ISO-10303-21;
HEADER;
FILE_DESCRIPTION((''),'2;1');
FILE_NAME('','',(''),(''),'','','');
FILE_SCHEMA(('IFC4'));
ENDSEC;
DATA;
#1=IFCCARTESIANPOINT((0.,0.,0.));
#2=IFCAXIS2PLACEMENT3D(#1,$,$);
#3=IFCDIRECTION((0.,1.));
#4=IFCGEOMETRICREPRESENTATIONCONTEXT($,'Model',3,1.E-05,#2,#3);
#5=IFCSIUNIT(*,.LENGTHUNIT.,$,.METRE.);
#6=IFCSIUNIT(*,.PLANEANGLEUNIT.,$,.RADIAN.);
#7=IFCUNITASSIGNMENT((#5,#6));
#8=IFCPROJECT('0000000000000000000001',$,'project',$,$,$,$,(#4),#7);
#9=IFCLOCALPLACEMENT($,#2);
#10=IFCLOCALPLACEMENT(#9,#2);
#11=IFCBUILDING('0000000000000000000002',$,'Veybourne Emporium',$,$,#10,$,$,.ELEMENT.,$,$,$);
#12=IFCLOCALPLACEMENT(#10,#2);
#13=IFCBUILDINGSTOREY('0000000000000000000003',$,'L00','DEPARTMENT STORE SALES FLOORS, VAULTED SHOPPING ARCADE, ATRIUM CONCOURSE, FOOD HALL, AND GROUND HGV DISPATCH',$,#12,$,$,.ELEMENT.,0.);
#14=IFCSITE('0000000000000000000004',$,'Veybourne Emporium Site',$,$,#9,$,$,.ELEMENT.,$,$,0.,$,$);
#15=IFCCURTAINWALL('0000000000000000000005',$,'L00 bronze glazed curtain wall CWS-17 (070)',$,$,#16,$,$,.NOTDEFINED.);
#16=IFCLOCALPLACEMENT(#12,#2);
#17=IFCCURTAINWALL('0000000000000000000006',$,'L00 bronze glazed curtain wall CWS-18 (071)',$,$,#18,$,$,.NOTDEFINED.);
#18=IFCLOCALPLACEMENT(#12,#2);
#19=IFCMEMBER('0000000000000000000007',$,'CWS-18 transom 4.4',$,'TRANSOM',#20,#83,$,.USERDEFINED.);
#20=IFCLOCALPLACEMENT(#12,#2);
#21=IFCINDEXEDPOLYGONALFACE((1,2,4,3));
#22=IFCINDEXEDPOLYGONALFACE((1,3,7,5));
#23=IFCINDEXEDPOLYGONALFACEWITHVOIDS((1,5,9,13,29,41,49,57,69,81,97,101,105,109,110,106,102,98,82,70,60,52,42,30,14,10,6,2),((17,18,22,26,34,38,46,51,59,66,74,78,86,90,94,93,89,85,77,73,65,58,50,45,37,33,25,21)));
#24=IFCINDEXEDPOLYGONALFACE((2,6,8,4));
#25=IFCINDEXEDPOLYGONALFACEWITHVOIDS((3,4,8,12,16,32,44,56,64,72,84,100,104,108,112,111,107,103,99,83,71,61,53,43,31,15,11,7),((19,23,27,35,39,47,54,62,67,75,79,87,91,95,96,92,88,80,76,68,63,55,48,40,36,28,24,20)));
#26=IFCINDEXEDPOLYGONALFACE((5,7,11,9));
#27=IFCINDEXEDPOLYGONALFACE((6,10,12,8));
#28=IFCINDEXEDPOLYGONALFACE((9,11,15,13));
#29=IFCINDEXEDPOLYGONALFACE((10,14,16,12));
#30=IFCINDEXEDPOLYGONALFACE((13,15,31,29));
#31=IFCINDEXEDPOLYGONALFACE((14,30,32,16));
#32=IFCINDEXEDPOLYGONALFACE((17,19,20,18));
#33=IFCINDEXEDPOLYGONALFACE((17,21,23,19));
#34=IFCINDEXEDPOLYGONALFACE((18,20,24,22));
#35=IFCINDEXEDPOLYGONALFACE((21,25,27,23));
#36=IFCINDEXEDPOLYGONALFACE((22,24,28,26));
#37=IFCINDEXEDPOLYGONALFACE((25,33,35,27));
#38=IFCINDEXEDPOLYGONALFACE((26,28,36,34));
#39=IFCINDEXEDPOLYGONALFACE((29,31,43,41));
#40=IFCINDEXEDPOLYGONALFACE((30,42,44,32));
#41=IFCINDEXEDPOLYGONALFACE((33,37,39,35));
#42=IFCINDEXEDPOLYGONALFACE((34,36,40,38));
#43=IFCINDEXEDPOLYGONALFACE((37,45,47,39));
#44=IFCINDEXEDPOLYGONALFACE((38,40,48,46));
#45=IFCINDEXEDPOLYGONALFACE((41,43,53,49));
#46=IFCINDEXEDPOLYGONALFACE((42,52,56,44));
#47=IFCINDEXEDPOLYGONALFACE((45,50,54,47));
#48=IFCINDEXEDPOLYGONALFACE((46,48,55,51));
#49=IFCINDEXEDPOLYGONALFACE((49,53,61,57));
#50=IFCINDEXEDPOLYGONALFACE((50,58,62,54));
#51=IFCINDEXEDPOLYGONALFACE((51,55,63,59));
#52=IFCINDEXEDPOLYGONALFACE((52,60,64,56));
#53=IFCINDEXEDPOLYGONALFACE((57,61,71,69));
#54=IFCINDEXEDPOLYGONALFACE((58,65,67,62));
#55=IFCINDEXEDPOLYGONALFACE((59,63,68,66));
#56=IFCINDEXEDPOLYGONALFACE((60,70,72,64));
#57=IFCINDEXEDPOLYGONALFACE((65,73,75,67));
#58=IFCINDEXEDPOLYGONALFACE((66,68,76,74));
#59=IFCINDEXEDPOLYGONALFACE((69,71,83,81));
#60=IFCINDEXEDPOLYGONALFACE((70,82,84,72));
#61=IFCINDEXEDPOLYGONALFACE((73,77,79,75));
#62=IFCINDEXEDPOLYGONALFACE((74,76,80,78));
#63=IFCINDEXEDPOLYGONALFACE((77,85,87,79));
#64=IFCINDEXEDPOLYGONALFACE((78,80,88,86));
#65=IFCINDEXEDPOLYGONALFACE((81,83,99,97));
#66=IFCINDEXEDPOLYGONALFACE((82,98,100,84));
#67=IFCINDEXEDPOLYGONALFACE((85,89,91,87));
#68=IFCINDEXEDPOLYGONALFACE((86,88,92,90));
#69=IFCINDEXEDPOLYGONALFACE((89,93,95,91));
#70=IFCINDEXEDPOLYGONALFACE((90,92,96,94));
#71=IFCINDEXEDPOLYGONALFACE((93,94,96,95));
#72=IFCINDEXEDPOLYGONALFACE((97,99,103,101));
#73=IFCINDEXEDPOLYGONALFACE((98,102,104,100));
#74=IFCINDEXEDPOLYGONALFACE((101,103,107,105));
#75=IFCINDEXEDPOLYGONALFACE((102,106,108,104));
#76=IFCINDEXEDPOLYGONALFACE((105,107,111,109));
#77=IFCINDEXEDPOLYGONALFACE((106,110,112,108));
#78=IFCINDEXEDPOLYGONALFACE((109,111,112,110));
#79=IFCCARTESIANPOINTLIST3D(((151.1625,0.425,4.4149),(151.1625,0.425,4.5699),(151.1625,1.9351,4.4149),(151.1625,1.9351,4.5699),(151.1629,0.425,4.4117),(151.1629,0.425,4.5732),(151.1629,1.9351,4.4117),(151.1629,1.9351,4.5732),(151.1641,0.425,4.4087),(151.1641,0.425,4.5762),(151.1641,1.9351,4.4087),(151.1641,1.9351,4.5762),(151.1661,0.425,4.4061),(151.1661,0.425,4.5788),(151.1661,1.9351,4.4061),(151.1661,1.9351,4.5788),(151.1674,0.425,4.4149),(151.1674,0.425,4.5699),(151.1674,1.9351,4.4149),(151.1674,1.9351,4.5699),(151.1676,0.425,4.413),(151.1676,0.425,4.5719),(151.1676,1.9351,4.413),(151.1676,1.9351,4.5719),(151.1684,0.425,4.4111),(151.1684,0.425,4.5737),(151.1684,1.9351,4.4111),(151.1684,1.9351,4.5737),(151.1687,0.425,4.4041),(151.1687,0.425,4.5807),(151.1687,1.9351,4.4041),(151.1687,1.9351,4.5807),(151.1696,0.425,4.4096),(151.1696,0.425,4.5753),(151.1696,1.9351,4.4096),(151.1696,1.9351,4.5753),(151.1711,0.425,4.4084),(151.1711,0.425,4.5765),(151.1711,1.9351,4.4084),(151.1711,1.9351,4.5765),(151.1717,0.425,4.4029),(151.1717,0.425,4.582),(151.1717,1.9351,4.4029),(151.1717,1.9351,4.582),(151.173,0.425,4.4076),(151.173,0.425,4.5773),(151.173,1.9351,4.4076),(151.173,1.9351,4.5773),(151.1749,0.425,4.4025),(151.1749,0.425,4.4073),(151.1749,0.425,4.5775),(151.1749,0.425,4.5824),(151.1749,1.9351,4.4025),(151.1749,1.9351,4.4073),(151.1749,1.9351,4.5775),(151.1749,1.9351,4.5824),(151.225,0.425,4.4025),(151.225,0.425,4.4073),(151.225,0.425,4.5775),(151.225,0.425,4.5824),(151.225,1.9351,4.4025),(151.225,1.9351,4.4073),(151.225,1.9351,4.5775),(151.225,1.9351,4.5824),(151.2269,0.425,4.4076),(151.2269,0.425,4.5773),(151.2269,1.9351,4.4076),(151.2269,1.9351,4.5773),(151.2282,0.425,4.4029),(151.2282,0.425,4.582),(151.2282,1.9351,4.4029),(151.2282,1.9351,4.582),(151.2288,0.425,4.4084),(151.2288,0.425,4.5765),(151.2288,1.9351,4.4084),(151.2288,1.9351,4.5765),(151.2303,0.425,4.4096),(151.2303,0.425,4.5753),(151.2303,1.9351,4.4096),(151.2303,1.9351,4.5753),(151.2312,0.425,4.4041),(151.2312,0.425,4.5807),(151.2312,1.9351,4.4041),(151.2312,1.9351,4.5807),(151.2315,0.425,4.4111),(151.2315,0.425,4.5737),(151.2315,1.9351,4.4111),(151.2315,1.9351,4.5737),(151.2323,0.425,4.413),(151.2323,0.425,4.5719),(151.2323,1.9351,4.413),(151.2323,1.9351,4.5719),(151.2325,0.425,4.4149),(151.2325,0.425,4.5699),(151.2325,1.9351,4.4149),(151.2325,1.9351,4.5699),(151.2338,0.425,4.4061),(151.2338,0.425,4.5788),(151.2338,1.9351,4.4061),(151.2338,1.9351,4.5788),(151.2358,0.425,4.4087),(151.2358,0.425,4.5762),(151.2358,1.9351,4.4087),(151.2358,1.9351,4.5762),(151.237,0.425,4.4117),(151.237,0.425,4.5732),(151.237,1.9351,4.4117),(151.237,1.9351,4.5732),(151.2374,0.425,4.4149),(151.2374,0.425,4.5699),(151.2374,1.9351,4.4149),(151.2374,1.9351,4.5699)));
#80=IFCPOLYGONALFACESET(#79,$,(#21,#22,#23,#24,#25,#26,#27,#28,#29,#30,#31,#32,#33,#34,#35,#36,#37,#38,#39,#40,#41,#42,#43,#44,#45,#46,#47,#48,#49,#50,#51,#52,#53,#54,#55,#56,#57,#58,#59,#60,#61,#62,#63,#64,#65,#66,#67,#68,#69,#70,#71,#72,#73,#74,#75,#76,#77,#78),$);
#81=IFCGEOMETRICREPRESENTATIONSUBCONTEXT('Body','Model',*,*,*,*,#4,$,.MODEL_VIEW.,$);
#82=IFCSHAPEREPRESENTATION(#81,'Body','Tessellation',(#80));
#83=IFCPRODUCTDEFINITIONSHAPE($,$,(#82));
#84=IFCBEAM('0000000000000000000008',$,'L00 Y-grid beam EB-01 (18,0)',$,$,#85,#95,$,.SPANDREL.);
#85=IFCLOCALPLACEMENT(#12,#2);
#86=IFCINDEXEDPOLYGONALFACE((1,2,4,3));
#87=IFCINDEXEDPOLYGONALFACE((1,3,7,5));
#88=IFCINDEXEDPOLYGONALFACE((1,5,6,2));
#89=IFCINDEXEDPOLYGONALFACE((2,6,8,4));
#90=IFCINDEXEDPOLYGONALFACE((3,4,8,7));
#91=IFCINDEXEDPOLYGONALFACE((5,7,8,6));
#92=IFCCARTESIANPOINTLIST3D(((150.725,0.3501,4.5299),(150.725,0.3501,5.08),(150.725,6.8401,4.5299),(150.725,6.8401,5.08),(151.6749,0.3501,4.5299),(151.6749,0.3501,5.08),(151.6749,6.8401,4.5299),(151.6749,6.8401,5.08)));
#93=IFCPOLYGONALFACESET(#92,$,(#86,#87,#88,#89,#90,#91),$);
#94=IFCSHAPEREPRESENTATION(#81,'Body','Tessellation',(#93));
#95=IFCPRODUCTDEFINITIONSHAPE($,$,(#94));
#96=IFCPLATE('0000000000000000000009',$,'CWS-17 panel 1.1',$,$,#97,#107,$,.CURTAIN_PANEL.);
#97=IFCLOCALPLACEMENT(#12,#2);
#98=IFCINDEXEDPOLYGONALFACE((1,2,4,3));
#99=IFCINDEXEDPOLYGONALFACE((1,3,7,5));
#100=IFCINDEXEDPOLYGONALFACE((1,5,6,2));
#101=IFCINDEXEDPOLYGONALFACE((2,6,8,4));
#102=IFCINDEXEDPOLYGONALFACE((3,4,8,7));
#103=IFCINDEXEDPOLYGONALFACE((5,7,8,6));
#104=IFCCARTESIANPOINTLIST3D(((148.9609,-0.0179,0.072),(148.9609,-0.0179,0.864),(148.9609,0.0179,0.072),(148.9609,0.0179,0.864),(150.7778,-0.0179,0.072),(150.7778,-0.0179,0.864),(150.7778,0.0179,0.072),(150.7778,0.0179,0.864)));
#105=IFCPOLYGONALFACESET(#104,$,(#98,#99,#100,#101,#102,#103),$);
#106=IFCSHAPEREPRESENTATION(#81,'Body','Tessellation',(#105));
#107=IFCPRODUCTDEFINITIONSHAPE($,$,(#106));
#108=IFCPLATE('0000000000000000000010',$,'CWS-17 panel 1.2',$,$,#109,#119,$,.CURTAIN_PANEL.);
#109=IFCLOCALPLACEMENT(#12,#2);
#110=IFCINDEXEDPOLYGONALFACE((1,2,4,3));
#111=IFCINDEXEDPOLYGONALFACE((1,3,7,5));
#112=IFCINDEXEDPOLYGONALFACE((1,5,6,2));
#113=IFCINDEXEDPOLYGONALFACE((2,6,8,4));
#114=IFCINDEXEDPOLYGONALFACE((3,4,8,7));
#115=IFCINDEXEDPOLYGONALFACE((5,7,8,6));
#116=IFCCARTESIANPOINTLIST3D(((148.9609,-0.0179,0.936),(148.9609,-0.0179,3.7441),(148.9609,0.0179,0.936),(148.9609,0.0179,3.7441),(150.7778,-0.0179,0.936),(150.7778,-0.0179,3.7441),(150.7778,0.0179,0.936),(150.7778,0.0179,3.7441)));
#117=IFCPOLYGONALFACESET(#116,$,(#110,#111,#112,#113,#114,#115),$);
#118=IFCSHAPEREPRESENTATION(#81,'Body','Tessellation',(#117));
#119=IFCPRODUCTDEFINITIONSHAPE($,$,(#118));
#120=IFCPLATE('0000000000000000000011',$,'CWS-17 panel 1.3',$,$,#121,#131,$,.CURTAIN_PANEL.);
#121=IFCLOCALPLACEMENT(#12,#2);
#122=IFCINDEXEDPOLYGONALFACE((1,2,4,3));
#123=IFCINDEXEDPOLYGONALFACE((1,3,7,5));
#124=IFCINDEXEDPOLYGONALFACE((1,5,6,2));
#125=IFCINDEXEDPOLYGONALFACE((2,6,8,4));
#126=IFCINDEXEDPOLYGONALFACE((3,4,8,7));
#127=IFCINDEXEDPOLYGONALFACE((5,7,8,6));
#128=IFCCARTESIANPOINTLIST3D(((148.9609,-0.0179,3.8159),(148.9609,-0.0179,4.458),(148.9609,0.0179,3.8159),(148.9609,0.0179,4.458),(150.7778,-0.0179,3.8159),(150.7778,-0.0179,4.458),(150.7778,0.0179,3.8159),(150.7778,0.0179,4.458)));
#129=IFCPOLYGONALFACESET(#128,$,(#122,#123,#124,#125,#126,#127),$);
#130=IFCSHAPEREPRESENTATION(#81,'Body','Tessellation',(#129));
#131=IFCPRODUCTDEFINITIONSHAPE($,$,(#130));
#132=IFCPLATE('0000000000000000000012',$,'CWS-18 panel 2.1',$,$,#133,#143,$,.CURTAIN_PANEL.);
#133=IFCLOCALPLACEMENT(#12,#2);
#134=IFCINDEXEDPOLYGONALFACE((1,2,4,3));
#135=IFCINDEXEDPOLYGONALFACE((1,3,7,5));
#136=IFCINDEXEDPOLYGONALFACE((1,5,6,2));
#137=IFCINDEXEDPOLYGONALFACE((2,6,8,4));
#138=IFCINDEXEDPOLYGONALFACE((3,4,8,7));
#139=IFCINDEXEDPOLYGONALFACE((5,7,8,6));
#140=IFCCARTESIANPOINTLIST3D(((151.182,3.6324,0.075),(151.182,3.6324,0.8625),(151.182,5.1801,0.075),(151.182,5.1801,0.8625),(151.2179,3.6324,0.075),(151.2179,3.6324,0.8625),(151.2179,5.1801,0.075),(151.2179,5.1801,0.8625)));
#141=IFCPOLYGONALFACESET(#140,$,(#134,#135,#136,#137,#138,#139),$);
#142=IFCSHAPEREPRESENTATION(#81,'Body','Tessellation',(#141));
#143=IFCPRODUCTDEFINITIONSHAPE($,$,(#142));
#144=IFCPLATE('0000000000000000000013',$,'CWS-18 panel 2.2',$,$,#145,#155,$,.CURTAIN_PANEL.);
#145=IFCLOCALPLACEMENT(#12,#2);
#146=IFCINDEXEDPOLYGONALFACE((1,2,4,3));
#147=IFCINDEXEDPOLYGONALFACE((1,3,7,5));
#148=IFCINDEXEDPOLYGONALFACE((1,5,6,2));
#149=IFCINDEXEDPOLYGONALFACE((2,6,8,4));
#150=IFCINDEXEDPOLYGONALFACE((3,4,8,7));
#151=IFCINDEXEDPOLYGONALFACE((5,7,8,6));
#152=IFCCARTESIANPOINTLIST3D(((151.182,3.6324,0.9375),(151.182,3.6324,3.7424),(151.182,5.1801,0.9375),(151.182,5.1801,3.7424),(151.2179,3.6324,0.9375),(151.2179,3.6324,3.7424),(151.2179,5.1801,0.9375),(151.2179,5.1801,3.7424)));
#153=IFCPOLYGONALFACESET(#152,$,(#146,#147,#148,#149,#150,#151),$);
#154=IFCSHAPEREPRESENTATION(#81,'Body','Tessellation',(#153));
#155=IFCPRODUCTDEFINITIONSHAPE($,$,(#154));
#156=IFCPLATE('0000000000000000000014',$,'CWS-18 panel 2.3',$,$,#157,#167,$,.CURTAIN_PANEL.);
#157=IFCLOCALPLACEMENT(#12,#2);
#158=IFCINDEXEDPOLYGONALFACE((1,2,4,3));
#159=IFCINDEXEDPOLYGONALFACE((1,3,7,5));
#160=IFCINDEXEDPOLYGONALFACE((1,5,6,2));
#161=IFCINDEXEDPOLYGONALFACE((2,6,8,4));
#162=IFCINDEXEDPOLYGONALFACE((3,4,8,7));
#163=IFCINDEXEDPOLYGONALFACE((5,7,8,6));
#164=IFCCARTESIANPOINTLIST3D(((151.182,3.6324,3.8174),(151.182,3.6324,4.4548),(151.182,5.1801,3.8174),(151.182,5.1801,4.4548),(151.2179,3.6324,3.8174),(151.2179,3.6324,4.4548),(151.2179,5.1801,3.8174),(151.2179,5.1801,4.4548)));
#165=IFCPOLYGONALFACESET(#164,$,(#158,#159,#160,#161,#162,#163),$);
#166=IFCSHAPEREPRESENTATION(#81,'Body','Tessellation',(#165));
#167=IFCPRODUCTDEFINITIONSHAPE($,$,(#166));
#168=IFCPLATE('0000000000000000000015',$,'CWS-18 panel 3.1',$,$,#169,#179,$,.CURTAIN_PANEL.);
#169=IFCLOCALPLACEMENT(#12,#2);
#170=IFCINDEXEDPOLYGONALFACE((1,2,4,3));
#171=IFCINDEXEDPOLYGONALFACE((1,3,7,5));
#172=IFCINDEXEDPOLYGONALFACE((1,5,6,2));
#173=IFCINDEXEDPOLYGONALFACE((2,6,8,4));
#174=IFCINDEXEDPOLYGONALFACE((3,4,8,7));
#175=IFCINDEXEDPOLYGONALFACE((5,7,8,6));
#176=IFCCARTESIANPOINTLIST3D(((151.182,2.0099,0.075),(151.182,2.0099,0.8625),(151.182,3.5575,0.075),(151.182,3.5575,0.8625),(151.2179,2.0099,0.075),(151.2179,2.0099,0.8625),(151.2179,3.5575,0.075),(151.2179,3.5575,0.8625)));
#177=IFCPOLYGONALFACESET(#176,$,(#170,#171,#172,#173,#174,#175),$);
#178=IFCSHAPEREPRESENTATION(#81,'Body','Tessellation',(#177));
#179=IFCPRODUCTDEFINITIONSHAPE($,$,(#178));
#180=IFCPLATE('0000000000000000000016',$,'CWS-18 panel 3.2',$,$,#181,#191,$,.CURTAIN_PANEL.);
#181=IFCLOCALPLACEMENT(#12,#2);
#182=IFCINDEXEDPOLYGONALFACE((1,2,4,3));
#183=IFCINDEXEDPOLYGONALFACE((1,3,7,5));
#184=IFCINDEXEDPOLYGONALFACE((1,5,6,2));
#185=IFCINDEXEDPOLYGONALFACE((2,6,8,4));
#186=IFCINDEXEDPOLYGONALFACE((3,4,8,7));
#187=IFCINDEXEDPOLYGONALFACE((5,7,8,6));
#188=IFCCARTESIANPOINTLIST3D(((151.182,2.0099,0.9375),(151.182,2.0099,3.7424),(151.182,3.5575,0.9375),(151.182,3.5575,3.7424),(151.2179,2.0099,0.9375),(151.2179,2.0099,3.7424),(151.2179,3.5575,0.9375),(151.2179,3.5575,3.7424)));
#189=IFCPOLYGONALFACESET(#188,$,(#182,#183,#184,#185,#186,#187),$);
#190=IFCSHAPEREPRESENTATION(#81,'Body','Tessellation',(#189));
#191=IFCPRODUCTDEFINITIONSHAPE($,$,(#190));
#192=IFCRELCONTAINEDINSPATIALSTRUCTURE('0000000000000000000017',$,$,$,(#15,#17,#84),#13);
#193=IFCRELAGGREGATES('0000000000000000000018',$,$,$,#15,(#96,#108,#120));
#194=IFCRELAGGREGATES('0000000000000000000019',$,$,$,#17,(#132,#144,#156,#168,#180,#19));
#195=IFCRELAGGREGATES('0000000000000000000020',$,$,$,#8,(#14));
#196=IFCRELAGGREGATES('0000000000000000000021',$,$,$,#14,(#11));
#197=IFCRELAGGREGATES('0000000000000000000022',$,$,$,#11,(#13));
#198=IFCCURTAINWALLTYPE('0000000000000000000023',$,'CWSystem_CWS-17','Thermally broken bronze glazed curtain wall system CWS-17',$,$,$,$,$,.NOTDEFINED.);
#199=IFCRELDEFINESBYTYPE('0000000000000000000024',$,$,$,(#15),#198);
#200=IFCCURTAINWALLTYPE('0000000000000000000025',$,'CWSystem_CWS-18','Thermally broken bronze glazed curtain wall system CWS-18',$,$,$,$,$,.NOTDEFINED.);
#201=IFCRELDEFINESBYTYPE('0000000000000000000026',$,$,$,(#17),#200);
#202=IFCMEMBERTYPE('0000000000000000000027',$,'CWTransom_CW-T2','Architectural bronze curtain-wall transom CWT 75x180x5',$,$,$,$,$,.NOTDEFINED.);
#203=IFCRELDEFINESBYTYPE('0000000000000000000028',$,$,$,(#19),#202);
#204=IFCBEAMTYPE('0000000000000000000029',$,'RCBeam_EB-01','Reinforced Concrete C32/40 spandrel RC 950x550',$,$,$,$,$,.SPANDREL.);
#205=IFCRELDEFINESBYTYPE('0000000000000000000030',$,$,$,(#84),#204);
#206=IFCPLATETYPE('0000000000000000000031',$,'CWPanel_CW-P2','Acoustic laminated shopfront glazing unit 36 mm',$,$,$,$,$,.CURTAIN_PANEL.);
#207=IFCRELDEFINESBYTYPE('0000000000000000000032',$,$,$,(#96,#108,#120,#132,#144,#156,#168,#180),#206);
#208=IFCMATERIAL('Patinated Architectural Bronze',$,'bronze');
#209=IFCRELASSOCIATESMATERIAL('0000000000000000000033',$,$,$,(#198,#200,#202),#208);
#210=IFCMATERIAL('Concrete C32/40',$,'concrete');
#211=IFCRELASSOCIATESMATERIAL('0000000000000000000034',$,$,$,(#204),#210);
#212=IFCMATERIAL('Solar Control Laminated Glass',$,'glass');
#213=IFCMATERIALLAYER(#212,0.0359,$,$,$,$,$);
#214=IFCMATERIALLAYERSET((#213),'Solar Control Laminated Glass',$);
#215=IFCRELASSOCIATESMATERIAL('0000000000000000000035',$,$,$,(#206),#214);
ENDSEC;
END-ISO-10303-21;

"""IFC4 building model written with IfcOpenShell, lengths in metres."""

from ifc_helpers import new_model, si_unit, direction, frame, origin, origin_2d, place, context, subcontext, project, spatial, rectangle, hollow_rectangle, extrude, material, layer, layer_set, material_profile, profile_set, type_object, element, aggregate, save


model = new_model("IFC4")

# Units and contexts
model_context = context("Model", 3, precision=1e-05, world=origin(), true_north=direction((0.0, 1.0)))
body_context = subcontext(model_context, "Body", "Model", "MODEL_VIEW")
ifc_project = project(units=[si_unit("LENGTHUNIT", "METRE"), si_unit("PLANEANGLEUNIT", "RADIAN")], contexts=[model_context])

# Site, building, storey
site_placement = place(None, origin())
site = spatial("IfcSite", under=ifc_project, at=site_placement, Name="Veybourne Emporium Site", CompositionType="ELEMENT", RefElevation=0.0)
building_placement = place(site_placement, origin())
building = spatial("IfcBuilding", under=site, at=building_placement, Name="Veybourne Emporium", CompositionType="ELEMENT")
storey_placement = place(building_placement, origin())
storey = spatial("IfcBuildingStorey", under=building, at=storey_placement, Name="L00", Description="DEPARTMENT STORE SALES FLOORS, VAULTED SHOPPING ARCADE, ATRIUM CONCOURSE, FOOD HALL, AND GROUND HGV DISPATCH", CompositionType="ELEMENT", Elevation=0.0)

# Curtain walls
ifc_material_1 = material(Name="Patinated Architectural Bronze", Category="bronze")
curtain_wall_type_1 = type_object("IfcCurtainWallType", Name="CWSystem_CWS-17", Description="Thermally broken bronze glazed curtain wall system CWS-17", PredefinedType="NOTDEFINED", material=ifc_material_1)
curtain_wall_1_placement = place(storey_placement, origin())
curtain_wall_1 = element("IfcCurtainWall", 1, at=curtain_wall_1_placement, inside=storey, type_object=curtain_wall_type_1, Name="L00 bronze glazed curtain wall CWS-17 (070)", PredefinedType="NOTDEFINED")
curtain_wall_type_2 = type_object("IfcCurtainWallType", Name="CWSystem_CWS-18", Description="Thermally broken bronze glazed curtain wall system CWS-18", PredefinedType="NOTDEFINED", material=ifc_material_1)
curtain_wall_2_placement = place(storey_placement, origin())
curtain_wall_2 = element("IfcCurtainWall", 2, at=curtain_wall_2_placement, inside=storey, type_object=curtain_wall_type_2, Name="L00 bronze glazed curtain wall CWS-18 (071)", PredefinedType="NOTDEFINED")

# Member
ifc_material_profile_1 = material_profile(ifc_material_1, hollow_rectangle(XDim=0.075, YDim=0.1799, WallThickness=0.0049, InnerFilletRadius=0.0076, OuterFilletRadius=0.0125, at=origin_2d()), Name="CWT 75x180x5")
ifc_profile_set_1 = profile_set([ifc_material_profile_1], Name="Patinated Architectural Bronze")
member_type_1 = type_object("IfcMemberType", Name="CWTransom_CW-T2", Description="Architectural bronze curtain-wall transom CWT 75x180x5", PredefinedType="NOTDEFINED", material=ifc_profile_set_1)
member_1_placement = place(storey_placement, frame((151.2, 1.9351, 4.4924), z_axis=(0.0, -1.0, 0.0), x_axis=(1.0, 0.0, 0.0)))
member_1 = element("IfcMember", 3, at=member_1_placement, type_object=member_type_1, Name="CWS-18 transom 4.4", ObjectType="TRANSOM", PredefinedType="USERDEFINED", context=body_context, shape_type="SweptSolid", body=[
    extrude(hollow_rectangle(XDim=0.075, YDim=0.1799, WallThickness=0.0049, InnerFilletRadius=0.0076, OuterFilletRadius=0.0125, at=origin_2d()), origin(), (0.0, 0.0, 1.0), 1.51),
])

# Beam
ifc_material_2 = material(Name="Concrete C32/40", Category="concrete")
ifc_material_profile_2 = material_profile(ifc_material_2, rectangle(XDim=0.95, YDim=0.55, at=origin_2d()), Name="RC 950x550")
ifc_profile_set_2 = profile_set([ifc_material_profile_2], Name="Concrete C32/40")
beam_type = type_object("IfcBeamType", Name="RCBeam_EB-01", Description="Reinforced Concrete C32/40 spandrel RC 950x550", PredefinedType="SPANDREL", material=ifc_profile_set_2)
beam_placement = place(storey_placement, frame((151.2, 0.3501, 4.8049), z_axis=(0.0, 1.0, 0.0), x_axis=(-1.0, 0.0, 0.0)))
element("IfcBeam", 4, at=beam_placement, inside=storey, type_object=beam_type, Name="L00 Y-grid beam EB-01 (18,0)", PredefinedType="SPANDREL", context=body_context, shape_type="SweptSolid", body=[
    extrude(rectangle(XDim=0.95, YDim=0.55, at=origin_2d()), origin(), (0.0, 0.0, 1.0), 6.49),
])

# Plates
ifc_material_3 = material(Name="Solar Control Laminated Glass", Category="glass")
ifc_layer_1 = layer(ifc_material_3, 0.0359)
ifc_layer_set_1 = layer_set([ifc_layer_1], Name="Solar Control Laminated Glass")
plate_type = type_object("IfcPlateType", Name="CWPanel_CW-P2", Description="Acoustic laminated shopfront glazing unit 36 mm", PredefinedType="CURTAIN_PANEL", material=ifc_layer_set_1)
plate_1_placement = place(storey_placement, frame((149.8694, 0.0, 0.072), z_axis=(0.0, 0.0, 1.0), x_axis=(-1.0, 0.0, 0.0)))
plate_1 = element("IfcPlate", 5, at=plate_1_placement, type_object=plate_type, Name="CWS-17 panel 1.1", PredefinedType="CURTAIN_PANEL", context=body_context, shape_type="SweptSolid", body=[
    extrude(rectangle(XDim=1.8169, YDim=0.0359, at=origin_2d()), origin(), (0.0, 0.0, 1.0), 0.792),
])
plate_2_placement = place(storey_placement, frame((149.8694, 0.0, 0.936), z_axis=(0.0, 0.0, 1.0), x_axis=(-1.0, 0.0, 0.0)))
plate_2 = element("IfcPlate", 6, at=plate_2_placement, type_object=plate_type, Name="CWS-17 panel 1.2", PredefinedType="CURTAIN_PANEL", context=body_context, shape_type="SweptSolid", body=[
    extrude(rectangle(XDim=1.8169, YDim=0.0359, at=origin_2d()), origin(), (0.0, 0.0, 1.0), 2.8081),
])
plate_3_placement = place(storey_placement, frame((149.8694, 0.0, 3.8159), z_axis=(0.0, 0.0, 1.0), x_axis=(-1.0, 0.0, 0.0)))
plate_3 = element("IfcPlate", 7, at=plate_3_placement, type_object=plate_type, Name="CWS-17 panel 1.3", PredefinedType="CURTAIN_PANEL", context=body_context, shape_type="SweptSolid", body=[
    extrude(rectangle(XDim=1.8169, YDim=0.0359, at=origin_2d()), origin(), (0.0, 0.0, 1.0), 0.6421),
])
aggregate(curtain_wall_1, [plate_1, plate_2, plate_3])
plate_4_placement = place(storey_placement, frame((151.2, 4.4062, 0.075), z_axis=(0.0, 0.0, 1.0), x_axis=(0.0, -1.0, 0.0)))
plate_4 = element("IfcPlate", 8, at=plate_4_placement, type_object=plate_type, Name="CWS-18 panel 2.1", PredefinedType="CURTAIN_PANEL", context=body_context, shape_type="SweptSolid", body=[
    extrude(rectangle(XDim=1.5476, YDim=0.0359, at=origin_2d()), origin(), (0.0, 0.0, 1.0), 0.7876),
])
plate_5_placement = place(storey_placement, frame((151.2, 4.4062, 0.9375), z_axis=(0.0, 0.0, 1.0), x_axis=(0.0, -1.0, 0.0)))
plate_5 = element("IfcPlate", 9, at=plate_5_placement, type_object=plate_type, Name="CWS-18 panel 2.2", PredefinedType="CURTAIN_PANEL", context=body_context, shape_type="SweptSolid", body=[
    extrude(rectangle(XDim=1.5476, YDim=0.0359, at=origin_2d()), origin(), (0.0, 0.0, 1.0), 2.8049),
])
plate_6_placement = place(storey_placement, frame((151.2, 4.4062, 3.8174), z_axis=(0.0, 0.0, 1.0), x_axis=(0.0, -1.0, 0.0)))
plate_6 = element("IfcPlate", 10, at=plate_6_placement, type_object=plate_type, Name="CWS-18 panel 2.3", PredefinedType="CURTAIN_PANEL", context=body_context, shape_type="SweptSolid", body=[
    extrude(rectangle(XDim=1.5476, YDim=0.0359, at=origin_2d()), origin(), (0.0, 0.0, 1.0), 0.6375),
])
plate_7_placement = place(storey_placement, frame((151.2, 2.7837, 0.075), z_axis=(0.0, 0.0, 1.0), x_axis=(0.0, -1.0, 0.0)))
plate_7 = element("IfcPlate", 11, at=plate_7_placement, type_object=plate_type, Name="CWS-18 panel 3.1", PredefinedType="CURTAIN_PANEL", context=body_context, shape_type="SweptSolid", body=[
    extrude(rectangle(XDim=1.5476, YDim=0.0359, at=origin_2d()), origin(), (0.0, 0.0, 1.0), 0.7876),
])
plate_8_placement = place(storey_placement, frame((151.2, 2.7837, 0.9375), z_axis=(0.0, 0.0, 1.0), x_axis=(0.0, -1.0, 0.0)))
plate_8 = element("IfcPlate", 12, at=plate_8_placement, type_object=plate_type, Name="CWS-18 panel 3.2", PredefinedType="CURTAIN_PANEL", context=body_context, shape_type="SweptSolid", body=[
    extrude(rectangle(XDim=1.5476, YDim=0.0359, at=origin_2d()), origin(), (0.0, 0.0, 1.0), 2.8049),
])
aggregate(curtain_wall_2, [plate_4, plate_5, plate_6, plate_7, plate_8, member_1])

save(model, "model.ifc")
